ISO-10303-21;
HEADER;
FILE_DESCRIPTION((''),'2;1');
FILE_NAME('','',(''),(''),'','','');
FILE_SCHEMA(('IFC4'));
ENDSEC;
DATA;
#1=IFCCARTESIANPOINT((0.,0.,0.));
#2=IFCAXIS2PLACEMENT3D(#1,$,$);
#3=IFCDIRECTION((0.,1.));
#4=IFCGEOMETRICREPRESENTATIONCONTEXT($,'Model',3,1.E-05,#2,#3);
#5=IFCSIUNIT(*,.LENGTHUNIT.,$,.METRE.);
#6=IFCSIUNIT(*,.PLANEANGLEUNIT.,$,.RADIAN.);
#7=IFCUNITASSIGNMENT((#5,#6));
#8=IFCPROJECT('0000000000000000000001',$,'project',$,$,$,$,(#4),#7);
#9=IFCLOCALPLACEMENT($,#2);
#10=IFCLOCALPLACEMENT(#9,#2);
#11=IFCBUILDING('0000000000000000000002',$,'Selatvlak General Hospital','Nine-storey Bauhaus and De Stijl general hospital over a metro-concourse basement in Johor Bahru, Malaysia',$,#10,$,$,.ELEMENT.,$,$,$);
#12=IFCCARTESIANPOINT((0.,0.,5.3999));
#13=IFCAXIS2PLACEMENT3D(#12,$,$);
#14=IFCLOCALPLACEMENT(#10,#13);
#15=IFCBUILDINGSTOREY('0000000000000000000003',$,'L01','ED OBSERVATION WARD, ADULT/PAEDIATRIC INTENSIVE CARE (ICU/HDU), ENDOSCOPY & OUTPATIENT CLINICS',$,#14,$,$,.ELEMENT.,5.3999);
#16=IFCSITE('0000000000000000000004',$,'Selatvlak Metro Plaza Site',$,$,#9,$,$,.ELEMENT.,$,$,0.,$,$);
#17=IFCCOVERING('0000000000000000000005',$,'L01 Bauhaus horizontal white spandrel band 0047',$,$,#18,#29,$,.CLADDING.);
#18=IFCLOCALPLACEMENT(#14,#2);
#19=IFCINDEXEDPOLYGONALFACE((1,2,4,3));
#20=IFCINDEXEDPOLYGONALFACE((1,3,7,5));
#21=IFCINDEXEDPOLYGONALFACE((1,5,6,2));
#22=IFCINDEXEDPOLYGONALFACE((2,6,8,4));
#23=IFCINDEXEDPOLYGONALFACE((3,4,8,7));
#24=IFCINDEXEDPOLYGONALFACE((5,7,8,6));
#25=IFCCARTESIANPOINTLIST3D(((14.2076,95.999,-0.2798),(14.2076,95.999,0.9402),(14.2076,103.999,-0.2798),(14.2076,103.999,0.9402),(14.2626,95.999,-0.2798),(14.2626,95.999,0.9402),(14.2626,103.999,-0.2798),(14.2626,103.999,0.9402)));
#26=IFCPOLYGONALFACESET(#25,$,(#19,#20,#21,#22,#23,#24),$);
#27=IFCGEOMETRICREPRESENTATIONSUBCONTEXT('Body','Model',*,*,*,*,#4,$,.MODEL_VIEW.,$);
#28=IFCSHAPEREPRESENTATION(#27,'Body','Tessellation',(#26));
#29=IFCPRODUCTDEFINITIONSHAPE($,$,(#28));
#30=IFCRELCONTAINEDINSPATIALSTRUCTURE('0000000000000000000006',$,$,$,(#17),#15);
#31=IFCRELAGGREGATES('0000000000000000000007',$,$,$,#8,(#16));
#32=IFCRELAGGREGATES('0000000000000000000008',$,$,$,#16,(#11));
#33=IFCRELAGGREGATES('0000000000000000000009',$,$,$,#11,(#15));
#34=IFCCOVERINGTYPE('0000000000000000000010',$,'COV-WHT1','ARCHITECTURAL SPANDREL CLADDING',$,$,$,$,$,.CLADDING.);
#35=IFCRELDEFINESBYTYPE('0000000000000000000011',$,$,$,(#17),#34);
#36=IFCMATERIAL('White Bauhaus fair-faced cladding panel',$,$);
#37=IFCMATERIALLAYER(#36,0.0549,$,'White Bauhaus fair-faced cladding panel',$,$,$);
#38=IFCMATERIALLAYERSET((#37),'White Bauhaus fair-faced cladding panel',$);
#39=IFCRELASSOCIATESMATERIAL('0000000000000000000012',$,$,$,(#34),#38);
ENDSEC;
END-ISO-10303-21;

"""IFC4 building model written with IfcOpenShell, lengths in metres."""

from ifc_helpers import new_model, si_unit, direction, frame, origin, origin_2d, place, context, subcontext, project, spatial, rectangle, extrude, material, layer, layer_set, type_object, element, save


model = new_model("IFC4")

# Units and contexts
model_context = context("Model", 3, precision=1e-05, world=origin(), true_north=direction((0.0, 1.0)))
body_context = subcontext(model_context, "Body", "Model", "MODEL_VIEW")
ifc_project = project(units=[si_unit("LENGTHUNIT", "METRE"), si_unit("PLANEANGLEUNIT", "RADIAN")], contexts=[model_context])

# Site, building, storey
site_placement = place(None, origin())
site = spatial("IfcSite", under=ifc_project, at=site_placement, Name="Selatvlak Metro Plaza Site", CompositionType="ELEMENT", RefElevation=0.0)
building_placement = place(site_placement, origin())
building = spatial("IfcBuilding", under=site, at=building_placement, Name="Selatvlak General Hospital", Description="Nine-storey Bauhaus and De Stijl general hospital over a metro-concourse basement in Johor Bahru, Malaysia", CompositionType="ELEMENT")
storey_placement = place(building_placement, frame((0.0, 0.0, 5.3999)))
storey = spatial("IfcBuildingStorey", under=building, at=storey_placement, Name="L01", Description="ED OBSERVATION WARD, ADULT/PAEDIATRIC INTENSIVE CARE (ICU/HDU), ENDOSCOPY & OUTPATIENT CLINICS", CompositionType="ELEMENT", Elevation=5.3999)

# Covering
ifc_material_1 = material(Name="White Bauhaus fair-faced cladding panel")
ifc_layer_1 = layer(ifc_material_1, 0.0549, Name="White Bauhaus fair-faced cladding panel")
ifc_layer_set_1 = layer_set([ifc_layer_1], Name="White Bauhaus fair-faced cladding panel")
covering_type = type_object("IfcCoveringType", Name="COV-WHT1", Description="ARCHITECTURAL SPANDREL CLADDING", PredefinedType="CLADDING", material=ifc_layer_set_1)
covering_placement = place(storey_placement, frame((14.2351, 99.999, -0.2798), z_axis=(0.0, 0.0, 1.0), x_axis=(0.0, 1.0, 0.0)))
element("IfcCovering", 1, at=covering_placement, inside=storey, type_object=covering_type, Name="L01 Bauhaus horizontal white spandrel band 0047", PredefinedType="CLADDING", context=body_context, shape_type="SweptSolid", body=[
    extrude(rectangle(XDim=8.0, YDim=0.0549, at=origin_2d()), origin(), (0.0, 0.0, 1.0), 1.22),
])

save(model, "model.ifc")
